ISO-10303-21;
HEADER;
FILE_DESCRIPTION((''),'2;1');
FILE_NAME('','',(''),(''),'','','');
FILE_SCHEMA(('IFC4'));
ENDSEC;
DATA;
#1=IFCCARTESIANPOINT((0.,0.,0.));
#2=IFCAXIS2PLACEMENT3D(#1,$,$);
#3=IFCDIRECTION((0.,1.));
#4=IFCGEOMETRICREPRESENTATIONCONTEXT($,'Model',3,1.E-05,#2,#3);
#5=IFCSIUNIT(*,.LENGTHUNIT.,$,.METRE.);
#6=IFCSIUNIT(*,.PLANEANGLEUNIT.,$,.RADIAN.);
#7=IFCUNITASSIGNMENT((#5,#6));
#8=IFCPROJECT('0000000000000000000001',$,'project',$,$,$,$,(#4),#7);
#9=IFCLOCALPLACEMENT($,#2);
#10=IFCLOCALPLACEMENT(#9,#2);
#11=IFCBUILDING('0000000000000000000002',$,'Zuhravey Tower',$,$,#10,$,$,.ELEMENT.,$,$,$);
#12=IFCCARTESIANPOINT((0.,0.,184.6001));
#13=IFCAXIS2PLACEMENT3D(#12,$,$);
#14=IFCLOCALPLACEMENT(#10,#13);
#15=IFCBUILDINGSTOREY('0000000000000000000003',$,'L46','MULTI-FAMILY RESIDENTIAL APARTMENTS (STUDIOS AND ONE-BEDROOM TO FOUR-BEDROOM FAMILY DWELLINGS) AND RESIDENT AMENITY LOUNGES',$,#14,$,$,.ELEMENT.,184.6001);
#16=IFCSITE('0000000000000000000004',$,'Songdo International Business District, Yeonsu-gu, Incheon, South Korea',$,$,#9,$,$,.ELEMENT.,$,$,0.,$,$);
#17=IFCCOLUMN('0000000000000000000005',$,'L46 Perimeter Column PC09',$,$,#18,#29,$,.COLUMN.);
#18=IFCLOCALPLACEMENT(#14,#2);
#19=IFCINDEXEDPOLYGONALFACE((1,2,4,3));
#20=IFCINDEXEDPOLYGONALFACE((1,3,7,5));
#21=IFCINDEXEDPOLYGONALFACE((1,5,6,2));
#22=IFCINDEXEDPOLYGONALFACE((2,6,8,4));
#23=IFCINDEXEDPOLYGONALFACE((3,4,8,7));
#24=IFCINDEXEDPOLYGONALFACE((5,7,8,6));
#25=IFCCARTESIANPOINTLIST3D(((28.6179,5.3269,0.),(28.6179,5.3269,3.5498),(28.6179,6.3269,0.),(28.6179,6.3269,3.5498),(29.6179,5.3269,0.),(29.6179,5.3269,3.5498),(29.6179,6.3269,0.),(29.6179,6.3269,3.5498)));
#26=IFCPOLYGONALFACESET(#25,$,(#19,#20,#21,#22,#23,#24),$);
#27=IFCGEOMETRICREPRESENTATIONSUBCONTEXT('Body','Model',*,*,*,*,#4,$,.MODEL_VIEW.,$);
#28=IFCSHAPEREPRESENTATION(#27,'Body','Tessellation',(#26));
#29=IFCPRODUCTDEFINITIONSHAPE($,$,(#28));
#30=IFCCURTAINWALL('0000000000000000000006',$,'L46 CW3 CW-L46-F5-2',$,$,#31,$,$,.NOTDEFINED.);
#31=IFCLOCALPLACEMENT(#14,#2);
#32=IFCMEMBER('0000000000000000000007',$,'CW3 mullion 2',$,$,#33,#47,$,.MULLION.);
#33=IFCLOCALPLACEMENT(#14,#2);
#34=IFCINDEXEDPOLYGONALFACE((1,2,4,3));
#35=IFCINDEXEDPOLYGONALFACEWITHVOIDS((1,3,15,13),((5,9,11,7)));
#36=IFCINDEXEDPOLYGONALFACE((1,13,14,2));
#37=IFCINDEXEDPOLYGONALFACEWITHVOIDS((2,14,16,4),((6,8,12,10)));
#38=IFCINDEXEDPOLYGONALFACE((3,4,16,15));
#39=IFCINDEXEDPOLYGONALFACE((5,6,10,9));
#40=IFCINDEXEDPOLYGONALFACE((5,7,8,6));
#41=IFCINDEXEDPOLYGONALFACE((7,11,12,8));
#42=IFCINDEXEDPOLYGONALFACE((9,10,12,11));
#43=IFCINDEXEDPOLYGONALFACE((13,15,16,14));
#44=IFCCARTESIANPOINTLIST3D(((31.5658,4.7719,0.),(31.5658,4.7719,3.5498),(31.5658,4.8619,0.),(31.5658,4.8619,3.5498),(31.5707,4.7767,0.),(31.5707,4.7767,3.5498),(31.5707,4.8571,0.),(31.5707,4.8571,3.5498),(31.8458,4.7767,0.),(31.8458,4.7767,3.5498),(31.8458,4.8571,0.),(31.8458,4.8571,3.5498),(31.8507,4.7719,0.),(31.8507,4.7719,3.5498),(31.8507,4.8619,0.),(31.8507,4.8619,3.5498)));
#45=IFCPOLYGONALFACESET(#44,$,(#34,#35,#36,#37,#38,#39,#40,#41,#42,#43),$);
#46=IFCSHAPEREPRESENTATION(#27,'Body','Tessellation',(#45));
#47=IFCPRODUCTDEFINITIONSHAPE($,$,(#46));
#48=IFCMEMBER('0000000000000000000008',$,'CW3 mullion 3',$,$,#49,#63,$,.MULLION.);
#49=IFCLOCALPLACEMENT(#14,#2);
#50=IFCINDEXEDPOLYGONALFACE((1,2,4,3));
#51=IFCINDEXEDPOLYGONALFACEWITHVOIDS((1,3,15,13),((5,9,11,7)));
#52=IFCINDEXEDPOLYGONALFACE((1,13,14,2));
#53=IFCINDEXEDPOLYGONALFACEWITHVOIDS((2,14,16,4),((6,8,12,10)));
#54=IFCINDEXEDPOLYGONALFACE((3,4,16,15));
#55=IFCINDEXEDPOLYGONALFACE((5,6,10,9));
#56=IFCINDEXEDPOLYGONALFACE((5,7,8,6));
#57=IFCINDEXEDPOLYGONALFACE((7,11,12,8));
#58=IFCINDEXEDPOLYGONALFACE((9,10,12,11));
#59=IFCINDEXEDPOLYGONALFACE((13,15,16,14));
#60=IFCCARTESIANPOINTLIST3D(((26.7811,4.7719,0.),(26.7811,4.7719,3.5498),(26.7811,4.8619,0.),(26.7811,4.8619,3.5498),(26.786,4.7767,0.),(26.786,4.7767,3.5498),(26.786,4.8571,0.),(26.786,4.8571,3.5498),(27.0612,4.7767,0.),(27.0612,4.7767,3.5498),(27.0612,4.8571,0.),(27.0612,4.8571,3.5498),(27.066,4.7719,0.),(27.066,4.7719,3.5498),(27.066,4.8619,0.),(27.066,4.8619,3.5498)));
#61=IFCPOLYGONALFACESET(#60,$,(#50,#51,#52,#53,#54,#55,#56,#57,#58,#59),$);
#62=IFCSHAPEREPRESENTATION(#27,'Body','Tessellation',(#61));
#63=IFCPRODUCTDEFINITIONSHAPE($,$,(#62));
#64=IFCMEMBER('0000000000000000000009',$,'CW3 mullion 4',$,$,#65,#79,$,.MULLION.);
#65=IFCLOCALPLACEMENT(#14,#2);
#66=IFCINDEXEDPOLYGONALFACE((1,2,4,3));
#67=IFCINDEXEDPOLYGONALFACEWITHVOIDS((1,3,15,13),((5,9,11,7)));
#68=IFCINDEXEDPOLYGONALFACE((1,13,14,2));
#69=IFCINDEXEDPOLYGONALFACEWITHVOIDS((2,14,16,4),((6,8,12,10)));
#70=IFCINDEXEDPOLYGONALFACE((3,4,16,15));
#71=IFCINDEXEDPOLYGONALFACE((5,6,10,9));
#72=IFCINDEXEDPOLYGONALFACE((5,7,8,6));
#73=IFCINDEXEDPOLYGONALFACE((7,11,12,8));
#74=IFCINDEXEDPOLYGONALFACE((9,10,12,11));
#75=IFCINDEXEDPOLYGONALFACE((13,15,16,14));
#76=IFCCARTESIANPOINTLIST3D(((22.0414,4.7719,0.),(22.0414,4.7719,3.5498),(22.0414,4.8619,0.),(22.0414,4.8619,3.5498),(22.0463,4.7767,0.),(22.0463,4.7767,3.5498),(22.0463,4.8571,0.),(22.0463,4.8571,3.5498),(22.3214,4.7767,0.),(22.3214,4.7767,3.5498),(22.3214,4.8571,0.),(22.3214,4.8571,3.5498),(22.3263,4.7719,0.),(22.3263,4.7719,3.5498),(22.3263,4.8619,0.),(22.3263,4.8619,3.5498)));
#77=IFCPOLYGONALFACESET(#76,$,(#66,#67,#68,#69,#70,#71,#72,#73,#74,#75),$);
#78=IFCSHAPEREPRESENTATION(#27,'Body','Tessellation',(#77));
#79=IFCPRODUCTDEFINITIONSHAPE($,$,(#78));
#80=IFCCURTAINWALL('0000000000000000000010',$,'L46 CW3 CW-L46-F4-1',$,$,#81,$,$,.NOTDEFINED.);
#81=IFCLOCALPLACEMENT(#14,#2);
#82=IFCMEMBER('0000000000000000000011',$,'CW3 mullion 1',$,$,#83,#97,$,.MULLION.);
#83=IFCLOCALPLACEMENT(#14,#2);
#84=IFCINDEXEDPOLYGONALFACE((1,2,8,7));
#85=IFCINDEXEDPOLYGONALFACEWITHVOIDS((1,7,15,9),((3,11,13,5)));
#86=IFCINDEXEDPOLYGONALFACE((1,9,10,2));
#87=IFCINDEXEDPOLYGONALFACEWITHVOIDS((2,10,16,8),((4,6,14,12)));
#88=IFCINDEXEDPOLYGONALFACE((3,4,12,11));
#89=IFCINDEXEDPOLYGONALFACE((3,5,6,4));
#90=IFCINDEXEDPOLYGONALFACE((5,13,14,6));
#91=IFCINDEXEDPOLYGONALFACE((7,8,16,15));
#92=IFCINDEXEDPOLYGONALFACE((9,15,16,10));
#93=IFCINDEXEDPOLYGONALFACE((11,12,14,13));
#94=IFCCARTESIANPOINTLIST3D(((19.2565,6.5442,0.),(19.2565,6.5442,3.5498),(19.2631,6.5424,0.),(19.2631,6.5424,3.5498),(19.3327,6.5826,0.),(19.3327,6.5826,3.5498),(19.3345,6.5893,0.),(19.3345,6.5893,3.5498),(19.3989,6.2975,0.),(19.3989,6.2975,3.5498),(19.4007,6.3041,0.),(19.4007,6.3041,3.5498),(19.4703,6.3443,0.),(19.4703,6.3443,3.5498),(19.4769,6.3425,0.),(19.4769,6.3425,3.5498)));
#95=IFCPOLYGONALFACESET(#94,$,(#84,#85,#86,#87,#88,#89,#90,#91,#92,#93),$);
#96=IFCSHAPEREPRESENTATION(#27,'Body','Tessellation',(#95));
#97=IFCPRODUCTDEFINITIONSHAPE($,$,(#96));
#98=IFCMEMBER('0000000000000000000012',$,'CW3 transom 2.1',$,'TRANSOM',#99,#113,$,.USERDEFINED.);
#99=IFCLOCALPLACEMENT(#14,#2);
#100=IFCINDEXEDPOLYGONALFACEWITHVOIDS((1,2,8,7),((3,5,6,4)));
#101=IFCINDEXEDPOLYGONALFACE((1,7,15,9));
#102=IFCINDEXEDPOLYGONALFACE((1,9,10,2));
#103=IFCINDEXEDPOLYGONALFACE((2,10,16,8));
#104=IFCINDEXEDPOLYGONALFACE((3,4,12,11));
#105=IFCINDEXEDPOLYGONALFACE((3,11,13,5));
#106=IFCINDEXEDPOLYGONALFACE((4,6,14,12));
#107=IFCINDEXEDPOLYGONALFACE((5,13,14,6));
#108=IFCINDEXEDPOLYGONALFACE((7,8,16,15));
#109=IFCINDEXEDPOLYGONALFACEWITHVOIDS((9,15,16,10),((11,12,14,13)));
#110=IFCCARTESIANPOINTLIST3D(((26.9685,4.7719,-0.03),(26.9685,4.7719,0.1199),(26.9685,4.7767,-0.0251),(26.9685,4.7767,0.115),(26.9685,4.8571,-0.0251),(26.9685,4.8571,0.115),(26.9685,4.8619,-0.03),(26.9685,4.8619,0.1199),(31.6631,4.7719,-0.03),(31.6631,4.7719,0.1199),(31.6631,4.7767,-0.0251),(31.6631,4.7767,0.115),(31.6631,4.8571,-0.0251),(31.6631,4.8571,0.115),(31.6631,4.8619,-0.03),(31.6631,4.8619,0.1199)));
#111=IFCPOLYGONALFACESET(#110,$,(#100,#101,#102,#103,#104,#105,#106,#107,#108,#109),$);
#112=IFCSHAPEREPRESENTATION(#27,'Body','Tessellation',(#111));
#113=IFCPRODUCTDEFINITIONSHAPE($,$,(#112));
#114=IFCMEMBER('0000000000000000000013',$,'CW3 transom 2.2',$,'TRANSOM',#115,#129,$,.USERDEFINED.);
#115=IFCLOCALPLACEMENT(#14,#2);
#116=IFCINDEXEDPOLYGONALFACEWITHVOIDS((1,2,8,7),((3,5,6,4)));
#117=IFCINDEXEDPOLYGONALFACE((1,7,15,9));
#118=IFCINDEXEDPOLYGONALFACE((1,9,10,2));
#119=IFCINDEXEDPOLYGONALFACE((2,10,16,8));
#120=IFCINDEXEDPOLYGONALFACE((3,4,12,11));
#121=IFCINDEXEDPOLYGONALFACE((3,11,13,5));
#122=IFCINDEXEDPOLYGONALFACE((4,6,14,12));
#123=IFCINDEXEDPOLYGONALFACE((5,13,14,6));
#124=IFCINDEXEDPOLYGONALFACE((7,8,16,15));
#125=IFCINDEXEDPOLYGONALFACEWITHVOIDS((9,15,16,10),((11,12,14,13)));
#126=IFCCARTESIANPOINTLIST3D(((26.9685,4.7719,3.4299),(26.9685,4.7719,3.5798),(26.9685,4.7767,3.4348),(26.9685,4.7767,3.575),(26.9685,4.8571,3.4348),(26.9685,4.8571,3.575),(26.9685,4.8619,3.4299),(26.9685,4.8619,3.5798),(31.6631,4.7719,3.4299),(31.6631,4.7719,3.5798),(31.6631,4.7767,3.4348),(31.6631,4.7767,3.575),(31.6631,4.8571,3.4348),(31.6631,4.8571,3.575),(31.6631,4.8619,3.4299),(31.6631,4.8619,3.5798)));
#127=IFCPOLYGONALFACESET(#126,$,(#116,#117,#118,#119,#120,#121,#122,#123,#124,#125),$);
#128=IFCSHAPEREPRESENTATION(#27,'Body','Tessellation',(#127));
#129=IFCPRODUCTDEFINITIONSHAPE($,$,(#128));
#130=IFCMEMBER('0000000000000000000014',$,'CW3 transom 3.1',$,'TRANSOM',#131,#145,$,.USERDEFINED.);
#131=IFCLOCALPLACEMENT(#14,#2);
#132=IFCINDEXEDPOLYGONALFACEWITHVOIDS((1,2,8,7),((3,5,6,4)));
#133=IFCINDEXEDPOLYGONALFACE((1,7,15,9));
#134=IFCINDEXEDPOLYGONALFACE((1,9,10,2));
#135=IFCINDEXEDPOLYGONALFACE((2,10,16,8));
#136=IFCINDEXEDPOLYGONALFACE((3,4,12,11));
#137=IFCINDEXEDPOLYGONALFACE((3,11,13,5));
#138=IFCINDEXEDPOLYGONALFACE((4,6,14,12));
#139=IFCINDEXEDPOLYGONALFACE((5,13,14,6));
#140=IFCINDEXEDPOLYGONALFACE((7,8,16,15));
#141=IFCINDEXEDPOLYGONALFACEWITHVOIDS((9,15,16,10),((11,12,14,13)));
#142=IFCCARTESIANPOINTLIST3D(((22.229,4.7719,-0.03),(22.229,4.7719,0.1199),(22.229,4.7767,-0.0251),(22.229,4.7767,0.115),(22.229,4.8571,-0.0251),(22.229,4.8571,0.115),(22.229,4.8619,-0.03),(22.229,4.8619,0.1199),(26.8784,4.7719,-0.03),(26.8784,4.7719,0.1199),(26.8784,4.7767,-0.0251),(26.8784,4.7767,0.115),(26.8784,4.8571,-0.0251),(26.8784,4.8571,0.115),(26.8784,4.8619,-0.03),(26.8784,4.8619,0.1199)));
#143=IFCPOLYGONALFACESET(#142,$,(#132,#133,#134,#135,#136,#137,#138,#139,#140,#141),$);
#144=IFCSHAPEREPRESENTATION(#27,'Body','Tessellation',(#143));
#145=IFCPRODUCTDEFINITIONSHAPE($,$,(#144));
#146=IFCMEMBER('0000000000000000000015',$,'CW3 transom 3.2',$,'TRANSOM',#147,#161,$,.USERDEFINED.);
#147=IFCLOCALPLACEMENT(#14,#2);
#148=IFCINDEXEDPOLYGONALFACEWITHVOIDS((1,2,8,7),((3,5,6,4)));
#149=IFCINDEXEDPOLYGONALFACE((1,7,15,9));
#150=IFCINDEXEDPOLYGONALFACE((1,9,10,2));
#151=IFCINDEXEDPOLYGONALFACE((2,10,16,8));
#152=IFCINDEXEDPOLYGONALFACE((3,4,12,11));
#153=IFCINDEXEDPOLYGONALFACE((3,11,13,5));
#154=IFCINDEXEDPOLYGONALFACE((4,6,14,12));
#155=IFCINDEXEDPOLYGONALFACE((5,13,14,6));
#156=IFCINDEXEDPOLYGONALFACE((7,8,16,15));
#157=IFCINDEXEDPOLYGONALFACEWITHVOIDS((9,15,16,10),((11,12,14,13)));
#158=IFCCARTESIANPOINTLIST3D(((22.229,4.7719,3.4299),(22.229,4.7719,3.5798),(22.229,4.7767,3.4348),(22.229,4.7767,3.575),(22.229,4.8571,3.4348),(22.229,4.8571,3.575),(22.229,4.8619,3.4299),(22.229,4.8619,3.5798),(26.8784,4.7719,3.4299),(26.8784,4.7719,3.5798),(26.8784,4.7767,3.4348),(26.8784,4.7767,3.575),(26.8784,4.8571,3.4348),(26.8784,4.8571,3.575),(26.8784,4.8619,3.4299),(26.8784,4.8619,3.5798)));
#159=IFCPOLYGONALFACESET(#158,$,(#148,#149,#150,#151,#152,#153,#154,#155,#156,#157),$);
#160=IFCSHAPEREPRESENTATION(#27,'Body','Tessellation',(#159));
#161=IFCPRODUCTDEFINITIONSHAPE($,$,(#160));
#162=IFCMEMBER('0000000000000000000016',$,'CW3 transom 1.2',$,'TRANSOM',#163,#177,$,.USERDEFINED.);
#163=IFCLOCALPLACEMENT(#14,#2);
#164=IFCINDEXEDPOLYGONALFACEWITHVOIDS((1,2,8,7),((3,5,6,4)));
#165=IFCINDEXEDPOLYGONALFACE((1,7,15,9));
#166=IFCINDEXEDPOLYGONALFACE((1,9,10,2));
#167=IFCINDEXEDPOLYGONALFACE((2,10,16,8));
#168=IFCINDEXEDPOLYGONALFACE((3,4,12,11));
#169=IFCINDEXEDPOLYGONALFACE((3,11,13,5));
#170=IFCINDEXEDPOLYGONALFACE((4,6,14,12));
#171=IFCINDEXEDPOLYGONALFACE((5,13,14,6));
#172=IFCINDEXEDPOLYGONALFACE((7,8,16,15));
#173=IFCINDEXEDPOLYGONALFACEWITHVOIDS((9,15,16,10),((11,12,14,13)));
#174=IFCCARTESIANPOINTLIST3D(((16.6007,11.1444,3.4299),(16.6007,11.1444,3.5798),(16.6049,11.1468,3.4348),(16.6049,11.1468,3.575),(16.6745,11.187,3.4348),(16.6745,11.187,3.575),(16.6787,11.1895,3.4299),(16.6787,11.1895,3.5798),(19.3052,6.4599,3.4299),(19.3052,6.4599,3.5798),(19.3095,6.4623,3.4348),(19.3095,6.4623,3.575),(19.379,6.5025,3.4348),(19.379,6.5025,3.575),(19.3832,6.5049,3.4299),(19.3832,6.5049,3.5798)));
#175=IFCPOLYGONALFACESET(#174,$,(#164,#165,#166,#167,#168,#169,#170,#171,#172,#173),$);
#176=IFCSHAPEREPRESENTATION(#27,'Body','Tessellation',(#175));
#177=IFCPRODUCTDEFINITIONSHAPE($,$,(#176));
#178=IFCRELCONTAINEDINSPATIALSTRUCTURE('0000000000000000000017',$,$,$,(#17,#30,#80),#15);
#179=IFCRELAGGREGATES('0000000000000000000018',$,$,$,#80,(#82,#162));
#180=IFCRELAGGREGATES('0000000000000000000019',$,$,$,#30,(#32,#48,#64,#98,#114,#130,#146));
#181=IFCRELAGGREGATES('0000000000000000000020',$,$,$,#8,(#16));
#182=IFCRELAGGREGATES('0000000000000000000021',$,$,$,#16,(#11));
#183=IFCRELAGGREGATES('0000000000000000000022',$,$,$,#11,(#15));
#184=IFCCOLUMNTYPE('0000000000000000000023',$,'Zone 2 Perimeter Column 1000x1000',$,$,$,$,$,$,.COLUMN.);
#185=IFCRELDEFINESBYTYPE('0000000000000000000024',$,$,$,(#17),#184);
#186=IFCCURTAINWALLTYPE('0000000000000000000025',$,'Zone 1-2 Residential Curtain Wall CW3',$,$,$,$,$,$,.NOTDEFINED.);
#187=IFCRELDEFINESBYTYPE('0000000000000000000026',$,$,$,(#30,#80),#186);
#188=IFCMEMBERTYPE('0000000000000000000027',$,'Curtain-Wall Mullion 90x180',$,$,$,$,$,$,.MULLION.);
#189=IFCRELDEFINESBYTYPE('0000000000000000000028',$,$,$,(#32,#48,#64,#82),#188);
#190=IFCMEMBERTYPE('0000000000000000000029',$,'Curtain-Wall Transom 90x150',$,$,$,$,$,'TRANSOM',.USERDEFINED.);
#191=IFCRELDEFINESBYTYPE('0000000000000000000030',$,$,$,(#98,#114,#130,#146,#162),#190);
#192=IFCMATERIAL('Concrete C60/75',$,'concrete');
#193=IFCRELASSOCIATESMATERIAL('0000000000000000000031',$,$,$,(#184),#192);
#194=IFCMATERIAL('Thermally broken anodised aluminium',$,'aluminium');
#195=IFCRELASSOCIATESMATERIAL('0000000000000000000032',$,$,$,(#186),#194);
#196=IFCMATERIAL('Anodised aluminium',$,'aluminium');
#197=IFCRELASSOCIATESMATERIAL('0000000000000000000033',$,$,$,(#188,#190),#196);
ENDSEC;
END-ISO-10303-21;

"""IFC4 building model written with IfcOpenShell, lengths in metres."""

from ifc_helpers import new_model, si_unit, direction, frame, origin, origin_2d, place, context, subcontext, project, spatial, rectangle, hollow_rectangle, extrude, material, material_profile, profile_set, type_object, element, aggregate, save


model = new_model("IFC4")

# Units and contexts
model_context = context("Model", 3, precision=1e-05, world=origin(), true_north=direction((0.0, 1.0)))
body_context = subcontext(model_context, "Body", "Model", "MODEL_VIEW")
ifc_project = project(units=[si_unit("LENGTHUNIT", "METRE"), si_unit("PLANEANGLEUNIT", "RADIAN")], contexts=[model_context])

# Site, building, storey
site_placement = place(None, origin())
site = spatial("IfcSite", under=ifc_project, at=site_placement, Name="Songdo International Business District, Yeonsu-gu, Incheon, South Korea", CompositionType="ELEMENT", RefElevation=0.0)
building_placement = place(site_placement, origin())
building = spatial("IfcBuilding", under=site, at=building_placement, Name="Zuhravey Tower", CompositionType="ELEMENT")
storey_placement = place(building_placement, frame((0.0, 0.0, 184.6001)))
storey = spatial("IfcBuildingStorey", under=building, at=storey_placement, Name="L46", Description="MULTI-FAMILY RESIDENTIAL APARTMENTS (STUDIOS AND ONE-BEDROOM TO FOUR-BEDROOM FAMILY DWELLINGS) AND RESIDENT AMENITY LOUNGES", CompositionType="ELEMENT", Elevation=184.6001)

# Column
ifc_material_1 = material(Name="Concrete C60/75", Category="concrete")
ifc_material_profile_1 = material_profile(ifc_material_1, rectangle(XDim=1.0, YDim=1.0, at=origin_2d()), Name="RC-1000x1000")
ifc_profile_set_1 = profile_set([ifc_material_profile_1], Name="Concrete C60/75")
column_type = type_object("IfcColumnType", Name="Zone 2 Perimeter Column 1000x1000", PredefinedType="COLUMN", material=ifc_profile_set_1)
column_placement = place(storey_placement, frame((29.1179, 5.8269, 0.0), z_axis=(0.0, 0.0, 1.0), x_axis=(1.0, 0.0, 0.0)))
element("IfcColumn", 1, at=column_placement, inside=storey, type_object=column_type, Name="L46 Perimeter Column PC09", PredefinedType="COLUMN", context=body_context, shape_type="SweptSolid", body=[
    extrude(rectangle(XDim=1.0, YDim=1.0, at=origin_2d()), origin(), (0.0, 0.0, 1.0), 3.5498),
])

# Curtain wall, members
ifc_material_2 = material(Name="Thermally broken anodised aluminium", Category="aluminium")
curtain_wall_type = type_object("IfcCurtainWallType", Name="Zone 1-2 Residential Curtain Wall CW3", PredefinedType="NOTDEFINED", material=ifc_material_2)
curtain_wall_1_placement = place(storey_placement, origin())
curtain_wall_1 = element("IfcCurtainWall", 2, at=curtain_wall_1_placement, inside=storey, type_object=curtain_wall_type, Name="L46 CW3 CW-L46-F5-2", PredefinedType="NOTDEFINED")
ifc_material_3 = material(Name="Anodised aluminium", Category="aluminium")
ifc_material_profile_2 = material_profile(ifc_material_3, hollow_rectangle(XDim=0.0901, YDim=0.2849, WallThickness=0.0049, at=origin_2d()), Name="ALU-RHS-90x285x5")
ifc_profile_set_2 = profile_set([ifc_material_profile_2], Name="Anodised aluminium")
member_type_1 = type_object("IfcMemberType", Name="Curtain-Wall Mullion 90x180", PredefinedType="MULLION", material=ifc_profile_set_2)
member_1_placement = place(storey_placement, frame((31.7083, 4.8169, 0.0), z_axis=(0.0, 0.0, 1.0), x_axis=(0.0, -1.0, 0.0)))
member_1 = element("IfcMember", 3, at=member_1_placement, type_object=member_type_1, Name="CW3 mullion 2", PredefinedType="MULLION", context=body_context, shape_type="SweptSolid", body=[
    extrude(hollow_rectangle(XDim=0.0901, YDim=0.2849, WallThickness=0.0049, at=origin_2d()), origin(), (0.0, 0.0, 1.0), 3.5498),
])
member_2_placement = place(storey_placement, frame((26.9236, 4.8169, 0.0), z_axis=(0.0, 0.0, 1.0), x_axis=(0.0, -1.0, 0.0)))
member_2 = element("IfcMember", 4, at=member_2_placement, type_object=member_type_1, Name="CW3 mullion 3", PredefinedType="MULLION", context=body_context, shape_type="SweptSolid", body=[
    extrude(hollow_rectangle(XDim=0.0901, YDim=0.2849, WallThickness=0.0049, at=origin_2d()), origin(), (0.0, 0.0, 1.0), 3.5498),
])
member_3_placement = place(storey_placement, frame((22.1838, 4.8169, 0.0), z_axis=(0.0, 0.0, 1.0), x_axis=(0.0, -1.0, 0.0)))
member_3 = element("IfcMember", 5, at=member_3_placement, type_object=member_type_1, Name="CW3 mullion 4", PredefinedType="MULLION", context=body_context, shape_type="SweptSolid", body=[
    extrude(hollow_rectangle(XDim=0.0901, YDim=0.2849, WallThickness=0.0049, at=origin_2d()), origin(), (0.0, 0.0, 1.0), 3.5498),
])

# Curtain wall, member
curtain_wall_2_placement = place(storey_placement, origin())
curtain_wall_2 = element("IfcCurtainWall", 6, at=curtain_wall_2_placement, inside=storey, type_object=curtain_wall_type, Name="L46 CW3 CW-L46-F4-1", PredefinedType="NOTDEFINED")
member_4_placement = place(storey_placement, frame((19.3667, 6.4434, 0.0), z_axis=(0.0, 0.0, 1.0), x_axis=(-0.866025, -0.5, 0.0)))
member_4 = element("IfcMember", 7, at=member_4_placement, type_object=member_type_1, Name="CW3 mullion 1", PredefinedType="MULLION", context=body_context, shape_type="SweptSolid", body=[
    extrude(hollow_rectangle(XDim=0.0901, YDim=0.2849, WallThickness=0.0049, at=origin_2d()), origin(), (0.0, 0.0, 1.0), 3.5498),
])

# Members
ifc_material_profile_3 = material_profile(ifc_material_3, hollow_rectangle(XDim=0.0901, YDim=0.1499, WallThickness=0.0049, at=origin_2d()), Name="ALU-RHS-90x150x5")
ifc_profile_set_3 = profile_set([ifc_material_profile_3], Name="Anodised aluminium")
member_type_2 = type_object("IfcMemberType", Name="Curtain-Wall Transom 90x150", ElementType="TRANSOM", PredefinedType="USERDEFINED", material=ifc_profile_set_3)
member_5_placement = place(storey_placement, frame((31.6631, 4.8169, 0.0449), z_axis=(-1.0, 0.0, 0.0), x_axis=(0.0, -1.0, 0.0)))
member_5 = element("IfcMember", 8, at=member_5_placement, type_object=member_type_2, Name="CW3 transom 2.1", ObjectType="TRANSOM", PredefinedType="USERDEFINED", context=body_context, shape_type="SweptSolid", body=[
    extrude(hollow_rectangle(XDim=0.0901, YDim=0.1499, WallThickness=0.0049, at=origin_2d()), origin(), (0.0, 0.0, 1.0), 4.6946),
])
member_6_placement = place(storey_placement, frame((31.6631, 4.8169, 3.5049), z_axis=(-1.0, 0.0, 0.0), x_axis=(0.0, -1.0, 0.0)))
member_6 = element("IfcMember", 9, at=member_6_placement, type_object=member_type_2, Name="CW3 transom 2.2", ObjectType="TRANSOM", PredefinedType="USERDEFINED", context=body_context, shape_type="SweptSolid", body=[
    extrude(hollow_rectangle(XDim=0.0901, YDim=0.1499, WallThickness=0.0049, at=origin_2d()), origin(), (0.0, 0.0, 1.0), 4.6946),
])
member_7_placement = place(storey_placement, frame((26.8784, 4.8169, 0.0449), z_axis=(-1.0, 0.0, 0.0), x_axis=(0.0, -1.0, 0.0)))
member_7 = element("IfcMember", 10, at=member_7_placement, type_object=member_type_2, Name="CW3 transom 3.1", ObjectType="TRANSOM", PredefinedType="USERDEFINED", context=body_context, shape_type="SweptSolid", body=[
    extrude(hollow_rectangle(XDim=0.0901, YDim=0.1499, WallThickness=0.0049, at=origin_2d()), origin(), (0.0, 0.0, 1.0), 4.6494),
])
member_8_placement = place(storey_placement, frame((26.8784, 4.8169, 3.5049), z_axis=(-1.0, 0.0, 0.0), x_axis=(0.0, -1.0, 0.0)))
member_8 = element("IfcMember", 11, at=member_8_placement, type_object=member_type_2, Name="CW3 transom 3.2", ObjectType="TRANSOM", PredefinedType="USERDEFINED", context=body_context, shape_type="SweptSolid", body=[
    extrude(hollow_rectangle(XDim=0.0901, YDim=0.1499, WallThickness=0.0049, at=origin_2d()), origin(), (0.0, 0.0, 1.0), 4.6494),
])
member_9_placement = place(storey_placement, frame((19.3442, 6.4824, 3.5049), z_axis=(-0.499993, 0.866029, 0.0), x_axis=(-0.866029, -0.499993, 0.0)))
member_9 = element("IfcMember", 12, at=member_9_placement, type_object=member_type_2, Name="CW3 transom 1.2", ObjectType="TRANSOM", PredefinedType="USERDEFINED", context=body_context, shape_type="SweptSolid", body=[
    extrude(hollow_rectangle(XDim=0.0901, YDim=0.1499, WallThickness=0.0049, at=origin_2d()), origin(), (0.0, 0.0, 1.0), 5.4092),
])
aggregate(curtain_wall_2, [member_4, member_9])

aggregate(curtain_wall_1, [member_1, member_2, member_3, member_5, member_6, member_7, member_8])

save(model, "model.ifc")
